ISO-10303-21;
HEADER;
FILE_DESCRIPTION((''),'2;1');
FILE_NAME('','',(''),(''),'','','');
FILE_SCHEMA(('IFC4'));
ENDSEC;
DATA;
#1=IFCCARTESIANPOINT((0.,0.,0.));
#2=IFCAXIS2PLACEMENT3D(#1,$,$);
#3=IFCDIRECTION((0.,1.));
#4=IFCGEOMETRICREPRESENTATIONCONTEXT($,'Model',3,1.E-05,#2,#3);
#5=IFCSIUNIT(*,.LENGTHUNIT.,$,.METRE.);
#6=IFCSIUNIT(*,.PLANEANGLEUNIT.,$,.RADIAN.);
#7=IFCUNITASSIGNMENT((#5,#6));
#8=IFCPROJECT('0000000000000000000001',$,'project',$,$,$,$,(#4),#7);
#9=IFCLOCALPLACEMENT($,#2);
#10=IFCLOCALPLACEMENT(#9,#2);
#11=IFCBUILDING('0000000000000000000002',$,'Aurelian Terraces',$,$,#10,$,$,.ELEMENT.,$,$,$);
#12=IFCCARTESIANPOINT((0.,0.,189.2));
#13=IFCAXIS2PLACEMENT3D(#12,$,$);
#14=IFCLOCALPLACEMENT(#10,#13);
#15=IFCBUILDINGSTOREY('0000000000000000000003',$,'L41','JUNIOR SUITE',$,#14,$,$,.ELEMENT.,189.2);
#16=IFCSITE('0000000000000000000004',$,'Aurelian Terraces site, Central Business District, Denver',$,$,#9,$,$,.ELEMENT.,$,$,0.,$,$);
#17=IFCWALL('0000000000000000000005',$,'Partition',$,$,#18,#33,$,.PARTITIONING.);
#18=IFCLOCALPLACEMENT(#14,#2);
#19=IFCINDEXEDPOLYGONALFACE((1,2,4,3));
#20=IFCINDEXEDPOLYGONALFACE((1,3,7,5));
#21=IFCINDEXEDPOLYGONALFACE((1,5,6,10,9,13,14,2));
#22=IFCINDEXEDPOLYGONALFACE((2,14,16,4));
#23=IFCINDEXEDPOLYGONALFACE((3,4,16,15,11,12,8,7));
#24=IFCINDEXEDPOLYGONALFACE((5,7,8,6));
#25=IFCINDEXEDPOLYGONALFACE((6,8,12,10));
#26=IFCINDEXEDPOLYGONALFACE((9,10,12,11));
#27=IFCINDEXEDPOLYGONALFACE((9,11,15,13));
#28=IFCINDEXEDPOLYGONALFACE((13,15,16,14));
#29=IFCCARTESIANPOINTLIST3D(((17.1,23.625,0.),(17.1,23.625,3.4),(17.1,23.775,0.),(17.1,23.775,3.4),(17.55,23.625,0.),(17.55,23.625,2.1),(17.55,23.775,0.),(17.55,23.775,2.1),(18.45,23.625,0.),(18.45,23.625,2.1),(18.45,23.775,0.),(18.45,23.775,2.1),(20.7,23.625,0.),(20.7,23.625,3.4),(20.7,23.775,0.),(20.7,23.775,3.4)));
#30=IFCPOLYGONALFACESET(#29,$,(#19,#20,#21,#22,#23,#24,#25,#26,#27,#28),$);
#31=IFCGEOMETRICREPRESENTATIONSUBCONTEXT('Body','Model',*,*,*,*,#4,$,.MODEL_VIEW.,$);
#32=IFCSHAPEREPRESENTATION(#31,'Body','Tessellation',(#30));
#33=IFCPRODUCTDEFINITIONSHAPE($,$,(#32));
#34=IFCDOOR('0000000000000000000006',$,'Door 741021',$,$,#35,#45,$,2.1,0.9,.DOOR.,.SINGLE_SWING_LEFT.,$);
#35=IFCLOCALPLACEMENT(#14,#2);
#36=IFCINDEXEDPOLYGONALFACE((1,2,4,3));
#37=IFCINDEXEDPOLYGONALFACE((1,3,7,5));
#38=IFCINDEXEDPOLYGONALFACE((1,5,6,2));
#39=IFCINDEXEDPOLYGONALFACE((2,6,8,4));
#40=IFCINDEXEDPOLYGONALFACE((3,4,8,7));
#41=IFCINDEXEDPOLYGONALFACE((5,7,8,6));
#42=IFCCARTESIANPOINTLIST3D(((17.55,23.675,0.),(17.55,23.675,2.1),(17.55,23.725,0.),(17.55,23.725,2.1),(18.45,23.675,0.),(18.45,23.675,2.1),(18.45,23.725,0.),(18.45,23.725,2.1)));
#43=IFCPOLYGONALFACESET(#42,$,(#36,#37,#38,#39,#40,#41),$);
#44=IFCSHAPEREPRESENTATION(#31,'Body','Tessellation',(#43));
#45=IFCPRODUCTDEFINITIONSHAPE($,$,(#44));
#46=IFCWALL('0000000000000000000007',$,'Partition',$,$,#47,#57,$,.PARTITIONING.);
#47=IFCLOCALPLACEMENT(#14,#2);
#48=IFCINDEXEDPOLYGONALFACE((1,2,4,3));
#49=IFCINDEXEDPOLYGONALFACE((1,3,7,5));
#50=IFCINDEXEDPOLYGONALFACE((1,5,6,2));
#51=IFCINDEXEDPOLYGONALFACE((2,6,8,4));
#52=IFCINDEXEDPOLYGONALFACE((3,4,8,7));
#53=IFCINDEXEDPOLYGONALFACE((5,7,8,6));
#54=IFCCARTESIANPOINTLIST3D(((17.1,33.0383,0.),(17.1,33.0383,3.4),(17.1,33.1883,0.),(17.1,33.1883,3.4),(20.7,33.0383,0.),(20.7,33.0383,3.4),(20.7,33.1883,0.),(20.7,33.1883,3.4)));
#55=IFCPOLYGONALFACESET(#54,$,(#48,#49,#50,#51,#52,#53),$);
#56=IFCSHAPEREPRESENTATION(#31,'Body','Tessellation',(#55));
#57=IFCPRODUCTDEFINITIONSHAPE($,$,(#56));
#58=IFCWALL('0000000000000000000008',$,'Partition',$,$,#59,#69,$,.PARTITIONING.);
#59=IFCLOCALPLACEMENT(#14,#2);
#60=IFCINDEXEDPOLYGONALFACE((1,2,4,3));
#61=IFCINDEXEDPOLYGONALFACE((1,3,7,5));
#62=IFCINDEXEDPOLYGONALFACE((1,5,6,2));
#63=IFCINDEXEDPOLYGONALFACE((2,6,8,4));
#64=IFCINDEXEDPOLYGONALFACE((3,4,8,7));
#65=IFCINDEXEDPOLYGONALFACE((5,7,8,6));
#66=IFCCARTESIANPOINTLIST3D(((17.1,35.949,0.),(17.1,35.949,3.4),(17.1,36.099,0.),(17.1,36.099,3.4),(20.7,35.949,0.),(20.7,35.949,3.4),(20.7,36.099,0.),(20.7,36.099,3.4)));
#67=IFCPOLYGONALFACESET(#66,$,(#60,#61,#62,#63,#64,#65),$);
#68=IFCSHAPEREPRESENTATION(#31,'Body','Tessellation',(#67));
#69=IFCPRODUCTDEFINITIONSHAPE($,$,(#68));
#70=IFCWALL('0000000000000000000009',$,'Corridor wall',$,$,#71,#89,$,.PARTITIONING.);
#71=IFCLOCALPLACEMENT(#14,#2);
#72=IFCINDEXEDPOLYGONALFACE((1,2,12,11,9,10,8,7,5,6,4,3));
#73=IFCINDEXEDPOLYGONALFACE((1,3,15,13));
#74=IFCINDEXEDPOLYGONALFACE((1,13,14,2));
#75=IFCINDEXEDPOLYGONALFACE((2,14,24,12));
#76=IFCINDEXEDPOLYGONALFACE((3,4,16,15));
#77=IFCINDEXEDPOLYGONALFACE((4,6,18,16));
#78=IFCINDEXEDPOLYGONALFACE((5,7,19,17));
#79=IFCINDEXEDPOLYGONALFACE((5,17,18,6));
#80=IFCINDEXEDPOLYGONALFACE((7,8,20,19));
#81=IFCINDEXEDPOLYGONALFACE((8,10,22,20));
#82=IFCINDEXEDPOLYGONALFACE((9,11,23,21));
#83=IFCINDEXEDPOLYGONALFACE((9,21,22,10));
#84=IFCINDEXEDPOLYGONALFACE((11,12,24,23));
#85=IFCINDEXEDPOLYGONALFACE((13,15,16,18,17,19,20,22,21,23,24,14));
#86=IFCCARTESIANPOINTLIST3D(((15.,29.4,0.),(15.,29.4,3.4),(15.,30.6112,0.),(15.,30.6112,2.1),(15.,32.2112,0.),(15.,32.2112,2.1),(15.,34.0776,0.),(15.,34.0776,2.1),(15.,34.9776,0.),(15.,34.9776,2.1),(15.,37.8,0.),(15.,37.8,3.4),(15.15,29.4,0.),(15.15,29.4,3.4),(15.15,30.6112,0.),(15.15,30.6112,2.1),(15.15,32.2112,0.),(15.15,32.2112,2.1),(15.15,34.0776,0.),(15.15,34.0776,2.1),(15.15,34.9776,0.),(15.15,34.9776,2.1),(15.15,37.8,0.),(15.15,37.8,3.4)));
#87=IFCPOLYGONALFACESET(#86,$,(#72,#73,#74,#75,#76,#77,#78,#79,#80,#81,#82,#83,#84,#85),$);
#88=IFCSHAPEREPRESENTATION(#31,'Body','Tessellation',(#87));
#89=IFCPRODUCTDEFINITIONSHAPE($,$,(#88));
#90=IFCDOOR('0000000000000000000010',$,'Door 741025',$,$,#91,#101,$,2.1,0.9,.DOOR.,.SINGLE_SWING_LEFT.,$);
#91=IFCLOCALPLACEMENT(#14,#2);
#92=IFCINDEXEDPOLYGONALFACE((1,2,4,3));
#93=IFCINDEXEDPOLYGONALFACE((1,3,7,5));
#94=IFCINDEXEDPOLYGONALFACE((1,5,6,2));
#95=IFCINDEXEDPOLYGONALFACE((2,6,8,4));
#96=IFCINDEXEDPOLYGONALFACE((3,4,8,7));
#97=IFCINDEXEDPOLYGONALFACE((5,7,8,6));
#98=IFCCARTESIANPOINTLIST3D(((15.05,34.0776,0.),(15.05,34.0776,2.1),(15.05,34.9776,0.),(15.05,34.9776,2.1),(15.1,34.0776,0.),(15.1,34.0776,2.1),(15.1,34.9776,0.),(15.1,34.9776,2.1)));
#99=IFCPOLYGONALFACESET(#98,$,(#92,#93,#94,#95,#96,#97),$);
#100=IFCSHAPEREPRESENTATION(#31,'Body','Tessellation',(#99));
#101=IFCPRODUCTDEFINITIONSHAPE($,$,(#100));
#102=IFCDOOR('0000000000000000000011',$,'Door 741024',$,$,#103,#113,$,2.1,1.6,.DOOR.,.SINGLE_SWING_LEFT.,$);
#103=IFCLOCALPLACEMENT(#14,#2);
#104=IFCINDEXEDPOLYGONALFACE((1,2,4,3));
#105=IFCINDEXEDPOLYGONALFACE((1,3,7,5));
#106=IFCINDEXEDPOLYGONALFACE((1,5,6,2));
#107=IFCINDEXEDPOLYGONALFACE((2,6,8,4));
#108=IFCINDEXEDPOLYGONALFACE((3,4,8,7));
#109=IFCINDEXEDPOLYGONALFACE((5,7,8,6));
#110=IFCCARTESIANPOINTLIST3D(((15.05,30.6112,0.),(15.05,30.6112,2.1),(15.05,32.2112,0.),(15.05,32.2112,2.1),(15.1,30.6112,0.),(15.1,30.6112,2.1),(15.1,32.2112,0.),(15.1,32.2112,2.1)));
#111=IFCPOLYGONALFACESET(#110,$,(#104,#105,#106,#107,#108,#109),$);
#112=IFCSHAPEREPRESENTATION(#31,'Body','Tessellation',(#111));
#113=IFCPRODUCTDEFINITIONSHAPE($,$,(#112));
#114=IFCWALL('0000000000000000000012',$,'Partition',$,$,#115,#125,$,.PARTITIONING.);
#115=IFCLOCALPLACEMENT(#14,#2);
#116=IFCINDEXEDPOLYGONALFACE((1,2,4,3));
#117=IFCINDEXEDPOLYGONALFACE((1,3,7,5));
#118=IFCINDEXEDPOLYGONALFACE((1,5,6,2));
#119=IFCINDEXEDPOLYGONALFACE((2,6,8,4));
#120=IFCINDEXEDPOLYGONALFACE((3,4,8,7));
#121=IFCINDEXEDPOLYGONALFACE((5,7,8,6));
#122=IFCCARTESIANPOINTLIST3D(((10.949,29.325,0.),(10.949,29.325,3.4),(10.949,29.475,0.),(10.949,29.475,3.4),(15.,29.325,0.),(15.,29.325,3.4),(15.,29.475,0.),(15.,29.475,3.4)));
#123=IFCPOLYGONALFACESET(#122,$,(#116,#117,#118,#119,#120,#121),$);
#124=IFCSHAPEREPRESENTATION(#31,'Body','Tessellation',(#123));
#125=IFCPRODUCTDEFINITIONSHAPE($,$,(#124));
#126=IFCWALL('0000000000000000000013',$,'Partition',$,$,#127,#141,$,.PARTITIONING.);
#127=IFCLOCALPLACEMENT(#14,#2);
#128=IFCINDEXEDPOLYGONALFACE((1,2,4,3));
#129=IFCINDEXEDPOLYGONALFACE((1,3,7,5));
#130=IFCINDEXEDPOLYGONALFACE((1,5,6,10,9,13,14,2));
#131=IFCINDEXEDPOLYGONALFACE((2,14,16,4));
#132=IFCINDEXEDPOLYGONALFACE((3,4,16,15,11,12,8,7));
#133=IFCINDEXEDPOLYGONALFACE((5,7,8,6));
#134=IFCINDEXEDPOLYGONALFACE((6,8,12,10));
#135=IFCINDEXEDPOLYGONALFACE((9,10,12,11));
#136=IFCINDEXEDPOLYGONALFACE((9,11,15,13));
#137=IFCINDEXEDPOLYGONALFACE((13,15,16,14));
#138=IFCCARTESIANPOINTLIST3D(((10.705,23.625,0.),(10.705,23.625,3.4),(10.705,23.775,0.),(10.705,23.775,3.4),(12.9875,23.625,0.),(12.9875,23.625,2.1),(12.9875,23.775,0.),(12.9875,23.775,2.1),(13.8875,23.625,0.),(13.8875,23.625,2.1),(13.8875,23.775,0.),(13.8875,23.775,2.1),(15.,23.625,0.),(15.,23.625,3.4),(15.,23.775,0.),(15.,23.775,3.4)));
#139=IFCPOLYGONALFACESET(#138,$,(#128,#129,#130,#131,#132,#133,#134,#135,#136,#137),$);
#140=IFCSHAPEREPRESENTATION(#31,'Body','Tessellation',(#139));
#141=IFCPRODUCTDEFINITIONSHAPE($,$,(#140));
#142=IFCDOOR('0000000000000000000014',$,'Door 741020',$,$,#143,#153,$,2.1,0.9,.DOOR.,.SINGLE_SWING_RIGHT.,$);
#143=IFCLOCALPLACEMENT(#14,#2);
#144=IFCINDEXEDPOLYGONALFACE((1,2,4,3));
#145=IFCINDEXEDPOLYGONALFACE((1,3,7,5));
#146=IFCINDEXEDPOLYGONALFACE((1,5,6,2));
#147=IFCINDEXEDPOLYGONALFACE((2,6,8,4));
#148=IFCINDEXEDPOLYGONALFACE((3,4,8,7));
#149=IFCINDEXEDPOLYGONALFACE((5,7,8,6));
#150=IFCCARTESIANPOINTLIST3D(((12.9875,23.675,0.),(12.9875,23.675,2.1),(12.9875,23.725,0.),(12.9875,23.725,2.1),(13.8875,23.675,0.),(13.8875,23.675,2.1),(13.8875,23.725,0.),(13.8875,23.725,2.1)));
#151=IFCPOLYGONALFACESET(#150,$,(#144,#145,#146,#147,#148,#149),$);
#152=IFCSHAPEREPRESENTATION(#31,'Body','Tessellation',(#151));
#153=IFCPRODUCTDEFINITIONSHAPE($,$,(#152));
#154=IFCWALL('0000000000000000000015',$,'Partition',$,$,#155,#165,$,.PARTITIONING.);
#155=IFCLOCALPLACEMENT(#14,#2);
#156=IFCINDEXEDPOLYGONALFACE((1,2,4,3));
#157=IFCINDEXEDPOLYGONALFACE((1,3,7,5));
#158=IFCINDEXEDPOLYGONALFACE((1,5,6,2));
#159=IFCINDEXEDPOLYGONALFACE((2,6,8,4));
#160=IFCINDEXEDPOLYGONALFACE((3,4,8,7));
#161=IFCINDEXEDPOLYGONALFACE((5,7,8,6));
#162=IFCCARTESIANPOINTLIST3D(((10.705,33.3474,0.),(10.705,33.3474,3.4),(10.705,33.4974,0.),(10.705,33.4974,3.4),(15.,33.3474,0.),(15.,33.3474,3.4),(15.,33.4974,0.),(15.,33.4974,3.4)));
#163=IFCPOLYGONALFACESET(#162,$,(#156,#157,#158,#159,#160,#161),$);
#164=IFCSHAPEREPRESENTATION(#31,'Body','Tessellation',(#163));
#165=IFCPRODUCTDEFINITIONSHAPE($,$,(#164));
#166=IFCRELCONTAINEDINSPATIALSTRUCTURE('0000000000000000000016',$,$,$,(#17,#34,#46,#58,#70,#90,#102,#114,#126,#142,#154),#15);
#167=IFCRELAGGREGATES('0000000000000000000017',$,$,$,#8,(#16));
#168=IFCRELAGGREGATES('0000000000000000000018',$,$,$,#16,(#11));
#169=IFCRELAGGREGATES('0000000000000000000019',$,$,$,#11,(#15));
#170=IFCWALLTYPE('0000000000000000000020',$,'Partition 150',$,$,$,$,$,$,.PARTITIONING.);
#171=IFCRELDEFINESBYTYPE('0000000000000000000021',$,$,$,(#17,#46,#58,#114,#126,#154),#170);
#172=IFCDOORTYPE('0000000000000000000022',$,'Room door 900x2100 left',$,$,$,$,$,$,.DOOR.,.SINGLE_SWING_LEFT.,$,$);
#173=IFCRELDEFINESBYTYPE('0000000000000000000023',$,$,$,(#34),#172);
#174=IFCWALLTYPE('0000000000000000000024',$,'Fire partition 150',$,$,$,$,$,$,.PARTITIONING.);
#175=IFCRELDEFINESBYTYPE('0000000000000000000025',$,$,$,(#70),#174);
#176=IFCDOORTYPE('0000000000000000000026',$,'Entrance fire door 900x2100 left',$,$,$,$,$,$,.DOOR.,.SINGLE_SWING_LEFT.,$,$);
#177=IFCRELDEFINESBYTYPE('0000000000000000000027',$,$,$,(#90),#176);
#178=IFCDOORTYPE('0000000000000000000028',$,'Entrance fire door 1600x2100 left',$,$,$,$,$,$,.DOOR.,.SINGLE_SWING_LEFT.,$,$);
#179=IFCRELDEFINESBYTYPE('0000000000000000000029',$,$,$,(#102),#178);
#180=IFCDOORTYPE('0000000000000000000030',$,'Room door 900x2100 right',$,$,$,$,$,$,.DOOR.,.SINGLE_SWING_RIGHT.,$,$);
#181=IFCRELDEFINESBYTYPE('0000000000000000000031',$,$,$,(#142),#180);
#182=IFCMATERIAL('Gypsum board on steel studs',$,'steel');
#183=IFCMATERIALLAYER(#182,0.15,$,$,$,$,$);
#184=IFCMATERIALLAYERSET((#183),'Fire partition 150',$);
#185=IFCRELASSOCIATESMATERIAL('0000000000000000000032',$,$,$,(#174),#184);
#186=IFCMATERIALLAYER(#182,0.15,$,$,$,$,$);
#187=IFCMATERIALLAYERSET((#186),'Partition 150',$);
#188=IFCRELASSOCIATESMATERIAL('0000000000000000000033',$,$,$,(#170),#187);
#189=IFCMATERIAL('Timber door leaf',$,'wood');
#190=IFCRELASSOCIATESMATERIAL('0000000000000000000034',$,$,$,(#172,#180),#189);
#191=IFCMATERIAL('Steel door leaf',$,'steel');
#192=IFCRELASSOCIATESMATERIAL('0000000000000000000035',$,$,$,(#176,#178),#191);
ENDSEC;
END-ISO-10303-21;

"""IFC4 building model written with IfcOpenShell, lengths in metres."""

from ifc_helpers import new_model, si_unit, direction, frame, frame_2d, origin, place, context, subcontext, project, spatial, rectangle, extrude, source, transform, mapped, material, layer, layer_set, type_object, element, fill, save


model = new_model("IFC4")

# Units and contexts
model_context = context("Model", 3, precision=1e-05, world=origin(), true_north=direction((0.0, 1.0)))
body_context = subcontext(model_context, "Body", "Model", "MODEL_VIEW")
ifc_project = project(units=[si_unit("LENGTHUNIT", "METRE"), si_unit("PLANEANGLEUNIT", "RADIAN")], contexts=[model_context])

# Site, building, storey
site_placement = place(None, origin())
site = spatial("IfcSite", under=ifc_project, at=site_placement, Name="Aurelian Terraces site, Central Business District, Denver", CompositionType="ELEMENT", RefElevation=0.0)
building_placement = place(site_placement, origin())
building = spatial("IfcBuilding", under=site, at=building_placement, Name="Aurelian Terraces", CompositionType="ELEMENT")
storey_placement = place(building_placement, frame((0.0, 0.0, 189.2)))
storey = spatial("IfcBuildingStorey", under=building, at=storey_placement, Name="L41", Description="JUNIOR SUITE", CompositionType="ELEMENT", Elevation=189.2)

# Shared definitions
ifc_material_1 = material(Name="Steel door leaf", Category="steel")

# Shared definitions
ifc_material_2 = material(Name="Gypsum board on steel studs", Category="steel")
ifc_layer_1 = layer(ifc_material_2, 0.15)
ifc_layer_set_1 = layer_set([ifc_layer_1], Name="Fire partition 150")
wall_type_1 = type_object("IfcWallType", Name="Fire partition 150", PredefinedType="PARTITIONING", material=ifc_layer_set_1)

# Wall, opening, door
ifc_layer_2 = layer(ifc_material_2, 0.15)
ifc_layer_set_2 = layer_set([ifc_layer_2], Name="Partition 150")
wall_type_2 = type_object("IfcWallType", Name="Partition 150", PredefinedType="PARTITIONING", material=ifc_layer_set_2)
shared_shape_1 = source(origin(), body_context, "Body", "SweptSolid", [
    extrude(rectangle(XDim=3.6, YDim=0.15, at=frame_2d((1.8, 0.0))), origin(), (0.0, 0.0, 1.0), 3.4),
])
wall_1_placement = place(storey_placement, frame((17.1, 23.7, 0.0), z_axis=(0.0, 0.0, 1.0), x_axis=(1.0, 0.0, 0.0)))
wall_1 = element("IfcWall", 1, at=wall_1_placement, inside=storey, type_object=wall_type_2, Name="Partition", PredefinedType="PARTITIONING", context=body_context, shape_type="MappedRepresentation", body=[
    mapped(shared_shape_1, transform((0.0, 0.0, 0.0), scale=1.0)),
])
shared_shape_2 = source(origin(), body_context, "Body", "SweptSolid", [
    extrude(rectangle(XDim=0.9, YDim=2.1, at=frame_2d((0.45, 1.05))), frame((0.0, 0.085, 0.0), z_axis=(0.0, -1.0, 0.0), x_axis=(1.0, 0.0, 0.0)), (0.0, 0.0, 1.0), 0.17),
])
opening_1_placement = place(wall_1_placement, frame((0.45, 0.0, 0.0)))
opening_1 = element("IfcOpeningElement", 2, at=opening_1_placement, cuts=wall_1, PredefinedType="OPENING", context=body_context, shape_type="MappedRepresentation", body=[
    mapped(shared_shape_2, transform((0.0, 0.0, 0.0), scale=1.0)),
])
ifc_material_3 = material(Name="Timber door leaf", Category="wood")
door_type_1 = type_object("IfcDoorType", Name="Room door 900x2100 left", OperationType="SINGLE_SWING_LEFT", PredefinedType="DOOR", material=ifc_material_3)
shared_shape_3 = source(origin(), body_context, "Body", "SweptSolid", [
    extrude(rectangle(XDim=0.9, YDim=2.1, at=frame_2d((0.45, 1.05))), frame((0.0, 0.025, 0.0), z_axis=(0.0, -1.0, 0.0), x_axis=(1.0, 0.0, 0.0)), (0.0, 0.0, 1.0), 0.05),
])
door_1_placement = place(opening_1_placement, origin())
door_1 = element("IfcDoor", 3, at=door_1_placement, inside=storey, type_object=door_type_1, Name="Door 741021", OperationType="SINGLE_SWING_LEFT", OverallHeight=2.1, OverallWidth=0.9, PredefinedType="DOOR", context=body_context, shape_type="MappedRepresentation", body=[
    mapped(shared_shape_3, transform((0.0, 0.0, 0.0), scale=1.0)),
])
fill(opening_1, door_1)

# Walls
for number, where, z_axis, x_axis, name in (
    (4, (17.1, 33.1133, 0.0), (0.0, 0.0, 1.0), (1.0, 0.0, 0.0), "Partition"),
    (5, (17.1, 36.024, 0.0), (0.0, 0.0, 1.0), (1.0, 0.0, 0.0), "Partition"),
):
    element("IfcWall", number, at=place(storey_placement, frame(where, z_axis=z_axis, x_axis=x_axis)), inside=storey, type_object=wall_type_2, Name=name, PredefinedType="PARTITIONING", context=body_context, shape_type="MappedRepresentation", body=[
        mapped(shared_shape_1, transform((0.0, 0.0, 0.0), scale=1.0)),
    ])

# Wall, openings, doors
shared_shape_4 = source(origin(), body_context, "Body", "SweptSolid", [
    extrude(rectangle(XDim=8.4, YDim=0.15, at=frame_2d((4.2, 0.0))), origin(), (0.0, 0.0, 1.0), 3.4),
])
wall_2_placement = place(storey_placement, frame((15.075, 29.4, 0.0), z_axis=(0.0, 0.0, 1.0), x_axis=(0.0, 1.0, 0.0)))
wall_2 = element("IfcWall", 6, at=wall_2_placement, inside=storey, type_object=wall_type_1, Name="Corridor wall", PredefinedType="PARTITIONING", context=body_context, shape_type="MappedRepresentation", body=[
    mapped(shared_shape_4, transform((0.0, 0.0, 0.0), scale=1.0)),
])
shared_shape_5 = source(origin(), body_context, "Body", "SweptSolid", [
    extrude(rectangle(XDim=1.6, YDim=2.1, at=frame_2d((0.8, 1.05))), frame((0.0, 0.085, 0.0), z_axis=(0.0, -1.0, 0.0), x_axis=(1.0, 0.0, 0.0)), (0.0, 0.0, 1.0), 0.17),
])
opening_2_placement = place(wall_2_placement, frame((1.2112, 0.0, 0.0)))
opening_2 = element("IfcOpeningElement", 7, at=opening_2_placement, cuts=wall_2, PredefinedType="OPENING", context=body_context, shape_type="MappedRepresentation", body=[
    mapped(shared_shape_5, transform((0.0, 0.0, 0.0), scale=1.0)),
])
opening_3_placement = place(wall_2_placement, frame((4.6776, 0.0, 0.0)))
opening_3 = element("IfcOpeningElement", 8, at=opening_3_placement, cuts=wall_2, PredefinedType="OPENING", context=body_context, shape_type="MappedRepresentation", body=[
    mapped(shared_shape_2, transform((0.0, 0.0, 0.0), scale=1.0)),
])
door_type_2 = type_object("IfcDoorType", Name="Entrance fire door 900x2100 left", OperationType="SINGLE_SWING_LEFT", PredefinedType="DOOR", material=ifc_material_1)
door_2_placement = place(opening_3_placement, origin())
door_2 = element("IfcDoor", 9, at=door_2_placement, inside=storey, type_object=door_type_2, Name="Door 741025", OperationType="SINGLE_SWING_LEFT", OverallHeight=2.1, OverallWidth=0.9, PredefinedType="DOOR", context=body_context, shape_type="MappedRepresentation", body=[
    mapped(shared_shape_3, transform((0.0, 0.0, 0.0), scale=1.0)),
])
fill(opening_3, door_2)
door_type_3 = type_object("IfcDoorType", Name="Entrance fire door 1600x2100 left", OperationType="SINGLE_SWING_LEFT", PredefinedType="DOOR", material=ifc_material_1)
shared_shape_6 = source(origin(), body_context, "Body", "SweptSolid", [
    extrude(rectangle(XDim=1.6, YDim=2.1, at=frame_2d((0.8, 1.05))), frame((0.0, 0.025, 0.0), z_axis=(0.0, -1.0, 0.0), x_axis=(1.0, 0.0, 0.0)), (0.0, 0.0, 1.0), 0.05),
])
door_3_placement = place(opening_2_placement, origin())
door_3 = element("IfcDoor", 10, at=door_3_placement, inside=storey, type_object=door_type_3, Name="Door 741024", OperationType="SINGLE_SWING_LEFT", OverallHeight=2.1, OverallWidth=1.6, PredefinedType="DOOR", context=body_context, shape_type="MappedRepresentation", body=[
    mapped(shared_shape_6, transform((0.0, 0.0, 0.0), scale=1.0)),
])
fill(opening_2, door_3)

# Wall
shared_shape_7 = source(origin(), body_context, "Body", "SweptSolid", [
    extrude(rectangle(XDim=4.051, YDim=0.15, at=frame_2d((2.0255, 0.0))), origin(), (0.0, 0.0, 1.0), 3.4),
])
wall_3_placement = place(storey_placement, frame((15.0, 29.4, 0.0), z_axis=(0.0, 0.0, 1.0), x_axis=(-1.0, 0.0, 0.0)))
element("IfcWall", 11, at=wall_3_placement, inside=storey, type_object=wall_type_2, Name="Partition", PredefinedType="PARTITIONING", context=body_context, shape_type="MappedRepresentation", body=[
    mapped(shared_shape_7, transform((0.0, 0.0, 0.0), scale=1.0)),
])

# Wall, opening, door
shared_shape_8 = source(origin(), body_context, "Body", "SweptSolid", [
    extrude(rectangle(XDim=4.295, YDim=0.15, at=frame_2d((2.1475, 0.0))), origin(), (0.0, 0.0, 1.0), 3.4),
])
wall_4_placement = place(storey_placement, frame((10.705, 23.7, 0.0), z_axis=(0.0, 0.0, 1.0), x_axis=(1.0, 0.0, 0.0)))
wall_4 = element("IfcWall", 12, at=wall_4_placement, inside=storey, type_object=wall_type_2, Name="Partition", PredefinedType="PARTITIONING", context=body_context, shape_type="MappedRepresentation", body=[
    mapped(shared_shape_8, transform((0.0, 0.0, 0.0), scale=1.0)),
])
opening_4_placement = place(wall_4_placement, frame((2.2825, 0.0, 0.0)))
opening_4 = element("IfcOpeningElement", 13, at=opening_4_placement, cuts=wall_4, PredefinedType="OPENING", context=body_context, shape_type="MappedRepresentation", body=[
    mapped(shared_shape_2, transform((0.0, 0.0, 0.0), scale=1.0)),
])
door_type_4 = type_object("IfcDoorType", Name="Room door 900x2100 right", OperationType="SINGLE_SWING_RIGHT", PredefinedType="DOOR", material=ifc_material_3)
door_4_placement = place(opening_4_placement, origin())
door_4 = element("IfcDoor", 14, at=door_4_placement, inside=storey, type_object=door_type_4, Name="Door 741020", OperationType="SINGLE_SWING_RIGHT", OverallHeight=2.1, OverallWidth=0.9, PredefinedType="DOOR", context=body_context, shape_type="MappedRepresentation", body=[
    mapped(shared_shape_3, transform((0.0, 0.0, 0.0), scale=1.0)),
])
fill(opening_4, door_4)

# Wall
wall_5_placement = place(storey_placement, frame((15.0, 33.4224, 0.0), z_axis=(0.0, 0.0, 1.0), x_axis=(-1.0, 0.0, 0.0)))
element("IfcWall", 15, at=wall_5_placement, inside=storey, type_object=wall_type_2, Name="Partition", PredefinedType="PARTITIONING", context=body_context, shape_type="MappedRepresentation", body=[
    mapped(shared_shape_8, transform((0.0, 0.0, 0.0), scale=1.0)),
])

save(model, "model.ifc")
